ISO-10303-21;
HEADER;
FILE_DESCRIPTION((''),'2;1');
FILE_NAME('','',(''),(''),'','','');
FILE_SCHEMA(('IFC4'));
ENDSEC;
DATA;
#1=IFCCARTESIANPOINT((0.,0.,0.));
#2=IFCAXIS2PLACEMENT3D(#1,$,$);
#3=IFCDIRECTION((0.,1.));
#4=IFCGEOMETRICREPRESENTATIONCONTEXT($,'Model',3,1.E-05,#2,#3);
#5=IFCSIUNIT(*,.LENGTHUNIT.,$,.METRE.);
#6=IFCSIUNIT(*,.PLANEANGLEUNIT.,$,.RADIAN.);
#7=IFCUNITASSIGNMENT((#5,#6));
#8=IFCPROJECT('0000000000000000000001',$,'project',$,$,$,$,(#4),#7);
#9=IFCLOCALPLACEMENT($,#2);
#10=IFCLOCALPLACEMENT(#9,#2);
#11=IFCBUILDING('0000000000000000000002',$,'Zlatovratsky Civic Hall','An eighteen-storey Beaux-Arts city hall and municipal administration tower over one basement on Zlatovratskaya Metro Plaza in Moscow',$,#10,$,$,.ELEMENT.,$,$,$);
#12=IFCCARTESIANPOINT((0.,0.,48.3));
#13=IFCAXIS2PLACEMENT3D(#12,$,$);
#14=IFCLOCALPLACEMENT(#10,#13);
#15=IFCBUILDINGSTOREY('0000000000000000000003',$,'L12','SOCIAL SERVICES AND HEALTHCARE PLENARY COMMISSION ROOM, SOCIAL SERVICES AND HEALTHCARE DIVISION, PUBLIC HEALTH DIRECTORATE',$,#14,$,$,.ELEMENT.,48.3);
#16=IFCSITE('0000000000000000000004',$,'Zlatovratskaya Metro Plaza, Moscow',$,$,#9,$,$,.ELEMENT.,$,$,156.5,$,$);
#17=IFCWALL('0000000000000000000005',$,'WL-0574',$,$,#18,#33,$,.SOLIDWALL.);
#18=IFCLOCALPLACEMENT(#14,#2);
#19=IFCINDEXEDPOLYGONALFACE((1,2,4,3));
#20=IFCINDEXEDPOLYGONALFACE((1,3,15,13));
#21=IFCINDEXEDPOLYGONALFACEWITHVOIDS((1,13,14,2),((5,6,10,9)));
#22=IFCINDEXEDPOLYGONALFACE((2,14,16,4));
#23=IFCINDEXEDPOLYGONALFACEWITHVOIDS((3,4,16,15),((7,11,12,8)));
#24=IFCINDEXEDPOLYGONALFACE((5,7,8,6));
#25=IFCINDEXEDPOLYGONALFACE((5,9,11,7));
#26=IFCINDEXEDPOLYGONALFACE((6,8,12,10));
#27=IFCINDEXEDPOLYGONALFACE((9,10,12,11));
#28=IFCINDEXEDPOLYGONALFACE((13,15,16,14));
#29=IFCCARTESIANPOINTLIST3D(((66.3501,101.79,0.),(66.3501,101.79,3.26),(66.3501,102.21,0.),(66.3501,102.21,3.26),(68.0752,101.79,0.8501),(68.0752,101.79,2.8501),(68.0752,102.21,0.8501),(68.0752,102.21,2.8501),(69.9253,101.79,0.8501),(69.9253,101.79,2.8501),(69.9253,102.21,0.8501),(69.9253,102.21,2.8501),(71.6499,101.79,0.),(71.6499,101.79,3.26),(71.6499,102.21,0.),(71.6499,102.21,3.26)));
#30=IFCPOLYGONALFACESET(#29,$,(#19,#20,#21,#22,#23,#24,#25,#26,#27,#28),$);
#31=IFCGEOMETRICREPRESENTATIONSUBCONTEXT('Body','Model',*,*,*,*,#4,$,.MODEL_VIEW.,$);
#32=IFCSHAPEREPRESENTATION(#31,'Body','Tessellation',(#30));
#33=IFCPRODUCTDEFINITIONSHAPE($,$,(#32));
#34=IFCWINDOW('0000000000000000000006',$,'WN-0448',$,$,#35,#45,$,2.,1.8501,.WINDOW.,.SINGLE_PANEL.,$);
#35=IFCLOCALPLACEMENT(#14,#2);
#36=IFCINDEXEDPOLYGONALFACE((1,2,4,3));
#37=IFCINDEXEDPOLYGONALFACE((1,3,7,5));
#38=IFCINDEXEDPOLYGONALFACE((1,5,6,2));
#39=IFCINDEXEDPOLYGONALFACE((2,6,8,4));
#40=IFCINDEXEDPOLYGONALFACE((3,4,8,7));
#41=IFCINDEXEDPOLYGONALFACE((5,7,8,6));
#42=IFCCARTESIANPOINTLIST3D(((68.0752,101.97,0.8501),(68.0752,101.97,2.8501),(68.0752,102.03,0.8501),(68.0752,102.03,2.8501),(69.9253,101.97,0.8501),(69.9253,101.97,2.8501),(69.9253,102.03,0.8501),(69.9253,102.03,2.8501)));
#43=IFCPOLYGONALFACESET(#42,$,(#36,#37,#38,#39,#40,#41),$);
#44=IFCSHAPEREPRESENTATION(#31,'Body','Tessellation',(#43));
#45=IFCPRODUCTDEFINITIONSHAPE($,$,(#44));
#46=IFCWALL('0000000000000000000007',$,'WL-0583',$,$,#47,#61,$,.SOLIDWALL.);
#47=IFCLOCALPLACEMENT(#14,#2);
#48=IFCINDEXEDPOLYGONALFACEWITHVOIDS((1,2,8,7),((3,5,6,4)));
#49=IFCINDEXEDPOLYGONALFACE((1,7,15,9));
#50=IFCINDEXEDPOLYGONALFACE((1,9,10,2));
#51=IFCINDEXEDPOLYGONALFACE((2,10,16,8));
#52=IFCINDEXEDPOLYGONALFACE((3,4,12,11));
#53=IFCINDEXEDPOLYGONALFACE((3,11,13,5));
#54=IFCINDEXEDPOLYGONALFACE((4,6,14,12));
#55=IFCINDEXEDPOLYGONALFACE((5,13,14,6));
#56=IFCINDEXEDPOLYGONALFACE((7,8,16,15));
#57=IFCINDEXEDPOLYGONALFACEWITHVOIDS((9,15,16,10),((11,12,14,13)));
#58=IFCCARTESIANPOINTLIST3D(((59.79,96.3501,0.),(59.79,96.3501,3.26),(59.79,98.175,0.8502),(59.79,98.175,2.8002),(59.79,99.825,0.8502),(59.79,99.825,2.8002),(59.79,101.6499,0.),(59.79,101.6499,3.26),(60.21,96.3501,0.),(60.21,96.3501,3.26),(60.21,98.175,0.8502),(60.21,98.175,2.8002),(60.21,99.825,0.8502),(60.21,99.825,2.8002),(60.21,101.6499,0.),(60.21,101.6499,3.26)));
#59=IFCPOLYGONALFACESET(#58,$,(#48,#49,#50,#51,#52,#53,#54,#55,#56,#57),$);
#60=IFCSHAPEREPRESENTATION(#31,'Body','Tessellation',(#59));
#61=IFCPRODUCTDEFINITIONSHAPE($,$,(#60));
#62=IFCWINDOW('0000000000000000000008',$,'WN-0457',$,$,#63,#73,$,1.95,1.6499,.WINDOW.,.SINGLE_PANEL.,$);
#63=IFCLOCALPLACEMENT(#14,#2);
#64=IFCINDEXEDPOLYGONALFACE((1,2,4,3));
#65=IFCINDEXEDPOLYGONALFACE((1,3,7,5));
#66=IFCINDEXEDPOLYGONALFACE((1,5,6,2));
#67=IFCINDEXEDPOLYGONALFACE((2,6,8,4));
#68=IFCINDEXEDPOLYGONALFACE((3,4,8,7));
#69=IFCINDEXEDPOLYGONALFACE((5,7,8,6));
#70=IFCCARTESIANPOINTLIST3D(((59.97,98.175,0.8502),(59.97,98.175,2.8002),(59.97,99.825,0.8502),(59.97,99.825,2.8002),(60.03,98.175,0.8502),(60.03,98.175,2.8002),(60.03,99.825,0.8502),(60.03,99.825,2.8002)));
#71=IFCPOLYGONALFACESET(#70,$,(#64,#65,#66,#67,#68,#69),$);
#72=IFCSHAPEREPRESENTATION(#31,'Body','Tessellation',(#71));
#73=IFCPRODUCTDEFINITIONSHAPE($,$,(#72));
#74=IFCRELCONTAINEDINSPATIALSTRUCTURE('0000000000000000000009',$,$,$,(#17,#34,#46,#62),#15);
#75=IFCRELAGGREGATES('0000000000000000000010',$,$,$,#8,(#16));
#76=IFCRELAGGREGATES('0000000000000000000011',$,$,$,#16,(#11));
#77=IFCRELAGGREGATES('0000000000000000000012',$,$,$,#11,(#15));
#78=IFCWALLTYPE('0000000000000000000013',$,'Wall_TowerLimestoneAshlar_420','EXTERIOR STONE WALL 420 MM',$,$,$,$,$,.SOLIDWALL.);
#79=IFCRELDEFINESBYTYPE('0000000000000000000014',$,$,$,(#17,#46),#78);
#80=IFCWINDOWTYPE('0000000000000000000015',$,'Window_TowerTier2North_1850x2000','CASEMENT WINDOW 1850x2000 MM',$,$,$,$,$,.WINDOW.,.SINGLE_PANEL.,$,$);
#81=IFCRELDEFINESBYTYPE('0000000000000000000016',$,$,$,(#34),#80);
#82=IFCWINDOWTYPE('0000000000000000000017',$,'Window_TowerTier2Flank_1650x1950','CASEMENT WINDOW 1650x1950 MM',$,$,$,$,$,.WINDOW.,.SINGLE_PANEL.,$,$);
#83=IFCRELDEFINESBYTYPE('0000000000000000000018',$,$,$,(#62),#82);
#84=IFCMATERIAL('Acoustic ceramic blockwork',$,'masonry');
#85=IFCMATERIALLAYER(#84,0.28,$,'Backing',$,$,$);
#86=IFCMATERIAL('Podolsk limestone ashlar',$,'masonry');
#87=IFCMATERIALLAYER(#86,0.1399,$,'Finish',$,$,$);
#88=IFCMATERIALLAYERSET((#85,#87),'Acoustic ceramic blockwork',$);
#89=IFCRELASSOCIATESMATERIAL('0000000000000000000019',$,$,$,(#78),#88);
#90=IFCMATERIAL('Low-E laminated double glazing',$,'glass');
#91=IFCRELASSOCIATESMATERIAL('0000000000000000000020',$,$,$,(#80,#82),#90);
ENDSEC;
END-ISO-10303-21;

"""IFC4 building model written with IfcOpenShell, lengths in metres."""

from ifc_helpers import new_model, si_unit, direction, frame, frame_2d, origin, place, context, subcontext, project, spatial, rectangle, extrude, material, layer, layer_set, type_object, element, fill, save


model = new_model("IFC4")

# Units and contexts
model_context = context("Model", 3, precision=1e-05, world=origin(), true_north=direction((0.0, 1.0)))
body_context = subcontext(model_context, "Body", "Model", "MODEL_VIEW")
ifc_project = project(units=[si_unit("LENGTHUNIT", "METRE"), si_unit("PLANEANGLEUNIT", "RADIAN")], contexts=[model_context])

# Site, building, storey
site_placement = place(None, origin())
site = spatial("IfcSite", under=ifc_project, at=site_placement, Name="Zlatovratskaya Metro Plaza, Moscow", CompositionType="ELEMENT", RefElevation=156.5)
building_placement = place(site_placement, origin())
building = spatial("IfcBuilding", under=site, at=building_placement, Name="Zlatovratsky Civic Hall", Description="An eighteen-storey Beaux-Arts city hall and municipal administration tower over one basement on Zlatovratskaya Metro Plaza in Moscow", CompositionType="ELEMENT")
storey_placement = place(building_placement, frame((0.0, 0.0, 48.3)))
storey = spatial("IfcBuildingStorey", under=building, at=storey_placement, Name="L12", Description="SOCIAL SERVICES AND HEALTHCARE PLENARY COMMISSION ROOM, SOCIAL SERVICES AND HEALTHCARE DIVISION, PUBLIC HEALTH DIRECTORATE", CompositionType="ELEMENT", Elevation=48.3)

# Walls, openings, windows
ifc_material_1 = material(Name="Acoustic ceramic blockwork", Category="masonry")
ifc_layer_1 = layer(ifc_material_1, 0.28, Name="Backing")
ifc_material_2 = material(Name="Podolsk limestone ashlar", Category="masonry")
ifc_layer_2 = layer(ifc_material_2, 0.1399, Name="Finish")
ifc_layer_set_1 = layer_set([ifc_layer_1, ifc_layer_2], Name="Acoustic ceramic blockwork")
wall_type_1 = type_object("IfcWallType", Name="Wall_TowerLimestoneAshlar_420", Description="EXTERIOR STONE WALL 420 MM", PredefinedType="SOLIDWALL", material=ifc_layer_set_1)
ifc_material_3 = material(Name="Low-E laminated double glazing", Category="glass")
window_type_1 = type_object("IfcWindowType", Name="Window_TowerTier2North_1850x2000", Description="CASEMENT WINDOW 1850x2000 MM", PartitioningType="SINGLE_PANEL", PredefinedType="WINDOW", material=ifc_material_3)
wall_1_placement = place(storey_placement, frame((66.3501, 102.0, 0.0), z_axis=(0.0, 0.0, 1.0), x_axis=(1.0, 0.0, 0.0)))
wall_1 = element("IfcWall", 1, at=wall_1_placement, inside=storey, type_object=wall_type_1, Name="WL-0574", PredefinedType="SOLIDWALL", context=body_context, shape_type="SweptSolid", body=[
    extrude(rectangle(XDim=5.2998, YDim=0.4199, at=frame_2d((2.6499, 0.0))), origin(), (0.0, 0.0, 1.0), 3.26),
])
opening_1_placement = place(wall_1_placement, frame((1.7251, 0.0, 0.8501)))
opening_1 = element("IfcOpeningElement", 2, at=opening_1_placement, cuts=wall_1, PredefinedType="OPENING", context=body_context, shape_type="SweptSolid", body=[
    extrude(rectangle(XDim=1.8501, YDim=2.0, at=frame_2d((0.925, 1.0))), frame((0.0, 0.2249, 0.0), z_axis=(0.0, -1.0, 0.0), x_axis=(1.0, 0.0, 0.0)), (0.0, 0.0, 1.0), 0.4497),
])
window_1_placement = place(opening_1_placement, origin())
window_1 = element("IfcWindow", 3, at=window_1_placement, inside=storey, type_object=window_type_1, Name="WN-0448", OverallHeight=2.0, OverallWidth=1.8501, PartitioningType="SINGLE_PANEL", PredefinedType="WINDOW", context=body_context, shape_type="SweptSolid", body=[
    extrude(rectangle(XDim=1.8501, YDim=2.0, at=frame_2d((0.925, 1.0))), frame((0.0, 0.03, 0.0), z_axis=(0.0, -1.0, 0.0), x_axis=(1.0, 0.0, 0.0)), (0.0, 0.0, 1.0), 0.0601),
])
fill(opening_1, window_1)
wall_2_placement = place(storey_placement, frame((60.0, 96.3501, 0.0), z_axis=(0.0, 0.0, 1.0), x_axis=(0.0, 1.0, 0.0)))
wall_2 = element("IfcWall", 4, at=wall_2_placement, inside=storey, type_object=wall_type_1, Name="WL-0583", PredefinedType="SOLIDWALL", context=body_context, shape_type="SweptSolid", body=[
    extrude(rectangle(XDim=5.2998, YDim=0.4199, at=frame_2d((2.6499, 0.0))), origin(), (0.0, 0.0, 1.0), 3.26),
])
opening_2_placement = place(wall_2_placement, frame((1.825, 0.0, 0.8501)))
opening_2 = element("IfcOpeningElement", 5, at=opening_2_placement, cuts=wall_2, PredefinedType="OPENING", context=body_context, shape_type="SweptSolid", body=[
    extrude(rectangle(XDim=1.6499, YDim=1.95, at=frame_2d((0.825, 0.9751))), frame((0.0, 0.2249, 0.0), z_axis=(0.0, -1.0, 0.0), x_axis=(1.0, 0.0, 0.0)), (0.0, 0.0, 1.0), 0.4497),
])
window_type_2 = type_object("IfcWindowType", Name="Window_TowerTier2Flank_1650x1950", Description="CASEMENT WINDOW 1650x1950 MM", PartitioningType="SINGLE_PANEL", PredefinedType="WINDOW", material=ifc_material_3)
window_2_placement = place(opening_2_placement, origin())
window_2 = element("IfcWindow", 6, at=window_2_placement, inside=storey, type_object=window_type_2, Name="WN-0457", OverallHeight=1.95, OverallWidth=1.6499, PartitioningType="SINGLE_PANEL", PredefinedType="WINDOW", context=body_context, shape_type="SweptSolid", body=[
    extrude(rectangle(XDim=1.6499, YDim=1.95, at=frame_2d((0.825, 0.9751))), frame((0.0, 0.03, 0.0), z_axis=(0.0, -1.0, 0.0), x_axis=(1.0, 0.0, 0.0)), (0.0, 0.0, 1.0), 0.0601),
])
fill(opening_2, window_2)

save(model, "model.ifc")
